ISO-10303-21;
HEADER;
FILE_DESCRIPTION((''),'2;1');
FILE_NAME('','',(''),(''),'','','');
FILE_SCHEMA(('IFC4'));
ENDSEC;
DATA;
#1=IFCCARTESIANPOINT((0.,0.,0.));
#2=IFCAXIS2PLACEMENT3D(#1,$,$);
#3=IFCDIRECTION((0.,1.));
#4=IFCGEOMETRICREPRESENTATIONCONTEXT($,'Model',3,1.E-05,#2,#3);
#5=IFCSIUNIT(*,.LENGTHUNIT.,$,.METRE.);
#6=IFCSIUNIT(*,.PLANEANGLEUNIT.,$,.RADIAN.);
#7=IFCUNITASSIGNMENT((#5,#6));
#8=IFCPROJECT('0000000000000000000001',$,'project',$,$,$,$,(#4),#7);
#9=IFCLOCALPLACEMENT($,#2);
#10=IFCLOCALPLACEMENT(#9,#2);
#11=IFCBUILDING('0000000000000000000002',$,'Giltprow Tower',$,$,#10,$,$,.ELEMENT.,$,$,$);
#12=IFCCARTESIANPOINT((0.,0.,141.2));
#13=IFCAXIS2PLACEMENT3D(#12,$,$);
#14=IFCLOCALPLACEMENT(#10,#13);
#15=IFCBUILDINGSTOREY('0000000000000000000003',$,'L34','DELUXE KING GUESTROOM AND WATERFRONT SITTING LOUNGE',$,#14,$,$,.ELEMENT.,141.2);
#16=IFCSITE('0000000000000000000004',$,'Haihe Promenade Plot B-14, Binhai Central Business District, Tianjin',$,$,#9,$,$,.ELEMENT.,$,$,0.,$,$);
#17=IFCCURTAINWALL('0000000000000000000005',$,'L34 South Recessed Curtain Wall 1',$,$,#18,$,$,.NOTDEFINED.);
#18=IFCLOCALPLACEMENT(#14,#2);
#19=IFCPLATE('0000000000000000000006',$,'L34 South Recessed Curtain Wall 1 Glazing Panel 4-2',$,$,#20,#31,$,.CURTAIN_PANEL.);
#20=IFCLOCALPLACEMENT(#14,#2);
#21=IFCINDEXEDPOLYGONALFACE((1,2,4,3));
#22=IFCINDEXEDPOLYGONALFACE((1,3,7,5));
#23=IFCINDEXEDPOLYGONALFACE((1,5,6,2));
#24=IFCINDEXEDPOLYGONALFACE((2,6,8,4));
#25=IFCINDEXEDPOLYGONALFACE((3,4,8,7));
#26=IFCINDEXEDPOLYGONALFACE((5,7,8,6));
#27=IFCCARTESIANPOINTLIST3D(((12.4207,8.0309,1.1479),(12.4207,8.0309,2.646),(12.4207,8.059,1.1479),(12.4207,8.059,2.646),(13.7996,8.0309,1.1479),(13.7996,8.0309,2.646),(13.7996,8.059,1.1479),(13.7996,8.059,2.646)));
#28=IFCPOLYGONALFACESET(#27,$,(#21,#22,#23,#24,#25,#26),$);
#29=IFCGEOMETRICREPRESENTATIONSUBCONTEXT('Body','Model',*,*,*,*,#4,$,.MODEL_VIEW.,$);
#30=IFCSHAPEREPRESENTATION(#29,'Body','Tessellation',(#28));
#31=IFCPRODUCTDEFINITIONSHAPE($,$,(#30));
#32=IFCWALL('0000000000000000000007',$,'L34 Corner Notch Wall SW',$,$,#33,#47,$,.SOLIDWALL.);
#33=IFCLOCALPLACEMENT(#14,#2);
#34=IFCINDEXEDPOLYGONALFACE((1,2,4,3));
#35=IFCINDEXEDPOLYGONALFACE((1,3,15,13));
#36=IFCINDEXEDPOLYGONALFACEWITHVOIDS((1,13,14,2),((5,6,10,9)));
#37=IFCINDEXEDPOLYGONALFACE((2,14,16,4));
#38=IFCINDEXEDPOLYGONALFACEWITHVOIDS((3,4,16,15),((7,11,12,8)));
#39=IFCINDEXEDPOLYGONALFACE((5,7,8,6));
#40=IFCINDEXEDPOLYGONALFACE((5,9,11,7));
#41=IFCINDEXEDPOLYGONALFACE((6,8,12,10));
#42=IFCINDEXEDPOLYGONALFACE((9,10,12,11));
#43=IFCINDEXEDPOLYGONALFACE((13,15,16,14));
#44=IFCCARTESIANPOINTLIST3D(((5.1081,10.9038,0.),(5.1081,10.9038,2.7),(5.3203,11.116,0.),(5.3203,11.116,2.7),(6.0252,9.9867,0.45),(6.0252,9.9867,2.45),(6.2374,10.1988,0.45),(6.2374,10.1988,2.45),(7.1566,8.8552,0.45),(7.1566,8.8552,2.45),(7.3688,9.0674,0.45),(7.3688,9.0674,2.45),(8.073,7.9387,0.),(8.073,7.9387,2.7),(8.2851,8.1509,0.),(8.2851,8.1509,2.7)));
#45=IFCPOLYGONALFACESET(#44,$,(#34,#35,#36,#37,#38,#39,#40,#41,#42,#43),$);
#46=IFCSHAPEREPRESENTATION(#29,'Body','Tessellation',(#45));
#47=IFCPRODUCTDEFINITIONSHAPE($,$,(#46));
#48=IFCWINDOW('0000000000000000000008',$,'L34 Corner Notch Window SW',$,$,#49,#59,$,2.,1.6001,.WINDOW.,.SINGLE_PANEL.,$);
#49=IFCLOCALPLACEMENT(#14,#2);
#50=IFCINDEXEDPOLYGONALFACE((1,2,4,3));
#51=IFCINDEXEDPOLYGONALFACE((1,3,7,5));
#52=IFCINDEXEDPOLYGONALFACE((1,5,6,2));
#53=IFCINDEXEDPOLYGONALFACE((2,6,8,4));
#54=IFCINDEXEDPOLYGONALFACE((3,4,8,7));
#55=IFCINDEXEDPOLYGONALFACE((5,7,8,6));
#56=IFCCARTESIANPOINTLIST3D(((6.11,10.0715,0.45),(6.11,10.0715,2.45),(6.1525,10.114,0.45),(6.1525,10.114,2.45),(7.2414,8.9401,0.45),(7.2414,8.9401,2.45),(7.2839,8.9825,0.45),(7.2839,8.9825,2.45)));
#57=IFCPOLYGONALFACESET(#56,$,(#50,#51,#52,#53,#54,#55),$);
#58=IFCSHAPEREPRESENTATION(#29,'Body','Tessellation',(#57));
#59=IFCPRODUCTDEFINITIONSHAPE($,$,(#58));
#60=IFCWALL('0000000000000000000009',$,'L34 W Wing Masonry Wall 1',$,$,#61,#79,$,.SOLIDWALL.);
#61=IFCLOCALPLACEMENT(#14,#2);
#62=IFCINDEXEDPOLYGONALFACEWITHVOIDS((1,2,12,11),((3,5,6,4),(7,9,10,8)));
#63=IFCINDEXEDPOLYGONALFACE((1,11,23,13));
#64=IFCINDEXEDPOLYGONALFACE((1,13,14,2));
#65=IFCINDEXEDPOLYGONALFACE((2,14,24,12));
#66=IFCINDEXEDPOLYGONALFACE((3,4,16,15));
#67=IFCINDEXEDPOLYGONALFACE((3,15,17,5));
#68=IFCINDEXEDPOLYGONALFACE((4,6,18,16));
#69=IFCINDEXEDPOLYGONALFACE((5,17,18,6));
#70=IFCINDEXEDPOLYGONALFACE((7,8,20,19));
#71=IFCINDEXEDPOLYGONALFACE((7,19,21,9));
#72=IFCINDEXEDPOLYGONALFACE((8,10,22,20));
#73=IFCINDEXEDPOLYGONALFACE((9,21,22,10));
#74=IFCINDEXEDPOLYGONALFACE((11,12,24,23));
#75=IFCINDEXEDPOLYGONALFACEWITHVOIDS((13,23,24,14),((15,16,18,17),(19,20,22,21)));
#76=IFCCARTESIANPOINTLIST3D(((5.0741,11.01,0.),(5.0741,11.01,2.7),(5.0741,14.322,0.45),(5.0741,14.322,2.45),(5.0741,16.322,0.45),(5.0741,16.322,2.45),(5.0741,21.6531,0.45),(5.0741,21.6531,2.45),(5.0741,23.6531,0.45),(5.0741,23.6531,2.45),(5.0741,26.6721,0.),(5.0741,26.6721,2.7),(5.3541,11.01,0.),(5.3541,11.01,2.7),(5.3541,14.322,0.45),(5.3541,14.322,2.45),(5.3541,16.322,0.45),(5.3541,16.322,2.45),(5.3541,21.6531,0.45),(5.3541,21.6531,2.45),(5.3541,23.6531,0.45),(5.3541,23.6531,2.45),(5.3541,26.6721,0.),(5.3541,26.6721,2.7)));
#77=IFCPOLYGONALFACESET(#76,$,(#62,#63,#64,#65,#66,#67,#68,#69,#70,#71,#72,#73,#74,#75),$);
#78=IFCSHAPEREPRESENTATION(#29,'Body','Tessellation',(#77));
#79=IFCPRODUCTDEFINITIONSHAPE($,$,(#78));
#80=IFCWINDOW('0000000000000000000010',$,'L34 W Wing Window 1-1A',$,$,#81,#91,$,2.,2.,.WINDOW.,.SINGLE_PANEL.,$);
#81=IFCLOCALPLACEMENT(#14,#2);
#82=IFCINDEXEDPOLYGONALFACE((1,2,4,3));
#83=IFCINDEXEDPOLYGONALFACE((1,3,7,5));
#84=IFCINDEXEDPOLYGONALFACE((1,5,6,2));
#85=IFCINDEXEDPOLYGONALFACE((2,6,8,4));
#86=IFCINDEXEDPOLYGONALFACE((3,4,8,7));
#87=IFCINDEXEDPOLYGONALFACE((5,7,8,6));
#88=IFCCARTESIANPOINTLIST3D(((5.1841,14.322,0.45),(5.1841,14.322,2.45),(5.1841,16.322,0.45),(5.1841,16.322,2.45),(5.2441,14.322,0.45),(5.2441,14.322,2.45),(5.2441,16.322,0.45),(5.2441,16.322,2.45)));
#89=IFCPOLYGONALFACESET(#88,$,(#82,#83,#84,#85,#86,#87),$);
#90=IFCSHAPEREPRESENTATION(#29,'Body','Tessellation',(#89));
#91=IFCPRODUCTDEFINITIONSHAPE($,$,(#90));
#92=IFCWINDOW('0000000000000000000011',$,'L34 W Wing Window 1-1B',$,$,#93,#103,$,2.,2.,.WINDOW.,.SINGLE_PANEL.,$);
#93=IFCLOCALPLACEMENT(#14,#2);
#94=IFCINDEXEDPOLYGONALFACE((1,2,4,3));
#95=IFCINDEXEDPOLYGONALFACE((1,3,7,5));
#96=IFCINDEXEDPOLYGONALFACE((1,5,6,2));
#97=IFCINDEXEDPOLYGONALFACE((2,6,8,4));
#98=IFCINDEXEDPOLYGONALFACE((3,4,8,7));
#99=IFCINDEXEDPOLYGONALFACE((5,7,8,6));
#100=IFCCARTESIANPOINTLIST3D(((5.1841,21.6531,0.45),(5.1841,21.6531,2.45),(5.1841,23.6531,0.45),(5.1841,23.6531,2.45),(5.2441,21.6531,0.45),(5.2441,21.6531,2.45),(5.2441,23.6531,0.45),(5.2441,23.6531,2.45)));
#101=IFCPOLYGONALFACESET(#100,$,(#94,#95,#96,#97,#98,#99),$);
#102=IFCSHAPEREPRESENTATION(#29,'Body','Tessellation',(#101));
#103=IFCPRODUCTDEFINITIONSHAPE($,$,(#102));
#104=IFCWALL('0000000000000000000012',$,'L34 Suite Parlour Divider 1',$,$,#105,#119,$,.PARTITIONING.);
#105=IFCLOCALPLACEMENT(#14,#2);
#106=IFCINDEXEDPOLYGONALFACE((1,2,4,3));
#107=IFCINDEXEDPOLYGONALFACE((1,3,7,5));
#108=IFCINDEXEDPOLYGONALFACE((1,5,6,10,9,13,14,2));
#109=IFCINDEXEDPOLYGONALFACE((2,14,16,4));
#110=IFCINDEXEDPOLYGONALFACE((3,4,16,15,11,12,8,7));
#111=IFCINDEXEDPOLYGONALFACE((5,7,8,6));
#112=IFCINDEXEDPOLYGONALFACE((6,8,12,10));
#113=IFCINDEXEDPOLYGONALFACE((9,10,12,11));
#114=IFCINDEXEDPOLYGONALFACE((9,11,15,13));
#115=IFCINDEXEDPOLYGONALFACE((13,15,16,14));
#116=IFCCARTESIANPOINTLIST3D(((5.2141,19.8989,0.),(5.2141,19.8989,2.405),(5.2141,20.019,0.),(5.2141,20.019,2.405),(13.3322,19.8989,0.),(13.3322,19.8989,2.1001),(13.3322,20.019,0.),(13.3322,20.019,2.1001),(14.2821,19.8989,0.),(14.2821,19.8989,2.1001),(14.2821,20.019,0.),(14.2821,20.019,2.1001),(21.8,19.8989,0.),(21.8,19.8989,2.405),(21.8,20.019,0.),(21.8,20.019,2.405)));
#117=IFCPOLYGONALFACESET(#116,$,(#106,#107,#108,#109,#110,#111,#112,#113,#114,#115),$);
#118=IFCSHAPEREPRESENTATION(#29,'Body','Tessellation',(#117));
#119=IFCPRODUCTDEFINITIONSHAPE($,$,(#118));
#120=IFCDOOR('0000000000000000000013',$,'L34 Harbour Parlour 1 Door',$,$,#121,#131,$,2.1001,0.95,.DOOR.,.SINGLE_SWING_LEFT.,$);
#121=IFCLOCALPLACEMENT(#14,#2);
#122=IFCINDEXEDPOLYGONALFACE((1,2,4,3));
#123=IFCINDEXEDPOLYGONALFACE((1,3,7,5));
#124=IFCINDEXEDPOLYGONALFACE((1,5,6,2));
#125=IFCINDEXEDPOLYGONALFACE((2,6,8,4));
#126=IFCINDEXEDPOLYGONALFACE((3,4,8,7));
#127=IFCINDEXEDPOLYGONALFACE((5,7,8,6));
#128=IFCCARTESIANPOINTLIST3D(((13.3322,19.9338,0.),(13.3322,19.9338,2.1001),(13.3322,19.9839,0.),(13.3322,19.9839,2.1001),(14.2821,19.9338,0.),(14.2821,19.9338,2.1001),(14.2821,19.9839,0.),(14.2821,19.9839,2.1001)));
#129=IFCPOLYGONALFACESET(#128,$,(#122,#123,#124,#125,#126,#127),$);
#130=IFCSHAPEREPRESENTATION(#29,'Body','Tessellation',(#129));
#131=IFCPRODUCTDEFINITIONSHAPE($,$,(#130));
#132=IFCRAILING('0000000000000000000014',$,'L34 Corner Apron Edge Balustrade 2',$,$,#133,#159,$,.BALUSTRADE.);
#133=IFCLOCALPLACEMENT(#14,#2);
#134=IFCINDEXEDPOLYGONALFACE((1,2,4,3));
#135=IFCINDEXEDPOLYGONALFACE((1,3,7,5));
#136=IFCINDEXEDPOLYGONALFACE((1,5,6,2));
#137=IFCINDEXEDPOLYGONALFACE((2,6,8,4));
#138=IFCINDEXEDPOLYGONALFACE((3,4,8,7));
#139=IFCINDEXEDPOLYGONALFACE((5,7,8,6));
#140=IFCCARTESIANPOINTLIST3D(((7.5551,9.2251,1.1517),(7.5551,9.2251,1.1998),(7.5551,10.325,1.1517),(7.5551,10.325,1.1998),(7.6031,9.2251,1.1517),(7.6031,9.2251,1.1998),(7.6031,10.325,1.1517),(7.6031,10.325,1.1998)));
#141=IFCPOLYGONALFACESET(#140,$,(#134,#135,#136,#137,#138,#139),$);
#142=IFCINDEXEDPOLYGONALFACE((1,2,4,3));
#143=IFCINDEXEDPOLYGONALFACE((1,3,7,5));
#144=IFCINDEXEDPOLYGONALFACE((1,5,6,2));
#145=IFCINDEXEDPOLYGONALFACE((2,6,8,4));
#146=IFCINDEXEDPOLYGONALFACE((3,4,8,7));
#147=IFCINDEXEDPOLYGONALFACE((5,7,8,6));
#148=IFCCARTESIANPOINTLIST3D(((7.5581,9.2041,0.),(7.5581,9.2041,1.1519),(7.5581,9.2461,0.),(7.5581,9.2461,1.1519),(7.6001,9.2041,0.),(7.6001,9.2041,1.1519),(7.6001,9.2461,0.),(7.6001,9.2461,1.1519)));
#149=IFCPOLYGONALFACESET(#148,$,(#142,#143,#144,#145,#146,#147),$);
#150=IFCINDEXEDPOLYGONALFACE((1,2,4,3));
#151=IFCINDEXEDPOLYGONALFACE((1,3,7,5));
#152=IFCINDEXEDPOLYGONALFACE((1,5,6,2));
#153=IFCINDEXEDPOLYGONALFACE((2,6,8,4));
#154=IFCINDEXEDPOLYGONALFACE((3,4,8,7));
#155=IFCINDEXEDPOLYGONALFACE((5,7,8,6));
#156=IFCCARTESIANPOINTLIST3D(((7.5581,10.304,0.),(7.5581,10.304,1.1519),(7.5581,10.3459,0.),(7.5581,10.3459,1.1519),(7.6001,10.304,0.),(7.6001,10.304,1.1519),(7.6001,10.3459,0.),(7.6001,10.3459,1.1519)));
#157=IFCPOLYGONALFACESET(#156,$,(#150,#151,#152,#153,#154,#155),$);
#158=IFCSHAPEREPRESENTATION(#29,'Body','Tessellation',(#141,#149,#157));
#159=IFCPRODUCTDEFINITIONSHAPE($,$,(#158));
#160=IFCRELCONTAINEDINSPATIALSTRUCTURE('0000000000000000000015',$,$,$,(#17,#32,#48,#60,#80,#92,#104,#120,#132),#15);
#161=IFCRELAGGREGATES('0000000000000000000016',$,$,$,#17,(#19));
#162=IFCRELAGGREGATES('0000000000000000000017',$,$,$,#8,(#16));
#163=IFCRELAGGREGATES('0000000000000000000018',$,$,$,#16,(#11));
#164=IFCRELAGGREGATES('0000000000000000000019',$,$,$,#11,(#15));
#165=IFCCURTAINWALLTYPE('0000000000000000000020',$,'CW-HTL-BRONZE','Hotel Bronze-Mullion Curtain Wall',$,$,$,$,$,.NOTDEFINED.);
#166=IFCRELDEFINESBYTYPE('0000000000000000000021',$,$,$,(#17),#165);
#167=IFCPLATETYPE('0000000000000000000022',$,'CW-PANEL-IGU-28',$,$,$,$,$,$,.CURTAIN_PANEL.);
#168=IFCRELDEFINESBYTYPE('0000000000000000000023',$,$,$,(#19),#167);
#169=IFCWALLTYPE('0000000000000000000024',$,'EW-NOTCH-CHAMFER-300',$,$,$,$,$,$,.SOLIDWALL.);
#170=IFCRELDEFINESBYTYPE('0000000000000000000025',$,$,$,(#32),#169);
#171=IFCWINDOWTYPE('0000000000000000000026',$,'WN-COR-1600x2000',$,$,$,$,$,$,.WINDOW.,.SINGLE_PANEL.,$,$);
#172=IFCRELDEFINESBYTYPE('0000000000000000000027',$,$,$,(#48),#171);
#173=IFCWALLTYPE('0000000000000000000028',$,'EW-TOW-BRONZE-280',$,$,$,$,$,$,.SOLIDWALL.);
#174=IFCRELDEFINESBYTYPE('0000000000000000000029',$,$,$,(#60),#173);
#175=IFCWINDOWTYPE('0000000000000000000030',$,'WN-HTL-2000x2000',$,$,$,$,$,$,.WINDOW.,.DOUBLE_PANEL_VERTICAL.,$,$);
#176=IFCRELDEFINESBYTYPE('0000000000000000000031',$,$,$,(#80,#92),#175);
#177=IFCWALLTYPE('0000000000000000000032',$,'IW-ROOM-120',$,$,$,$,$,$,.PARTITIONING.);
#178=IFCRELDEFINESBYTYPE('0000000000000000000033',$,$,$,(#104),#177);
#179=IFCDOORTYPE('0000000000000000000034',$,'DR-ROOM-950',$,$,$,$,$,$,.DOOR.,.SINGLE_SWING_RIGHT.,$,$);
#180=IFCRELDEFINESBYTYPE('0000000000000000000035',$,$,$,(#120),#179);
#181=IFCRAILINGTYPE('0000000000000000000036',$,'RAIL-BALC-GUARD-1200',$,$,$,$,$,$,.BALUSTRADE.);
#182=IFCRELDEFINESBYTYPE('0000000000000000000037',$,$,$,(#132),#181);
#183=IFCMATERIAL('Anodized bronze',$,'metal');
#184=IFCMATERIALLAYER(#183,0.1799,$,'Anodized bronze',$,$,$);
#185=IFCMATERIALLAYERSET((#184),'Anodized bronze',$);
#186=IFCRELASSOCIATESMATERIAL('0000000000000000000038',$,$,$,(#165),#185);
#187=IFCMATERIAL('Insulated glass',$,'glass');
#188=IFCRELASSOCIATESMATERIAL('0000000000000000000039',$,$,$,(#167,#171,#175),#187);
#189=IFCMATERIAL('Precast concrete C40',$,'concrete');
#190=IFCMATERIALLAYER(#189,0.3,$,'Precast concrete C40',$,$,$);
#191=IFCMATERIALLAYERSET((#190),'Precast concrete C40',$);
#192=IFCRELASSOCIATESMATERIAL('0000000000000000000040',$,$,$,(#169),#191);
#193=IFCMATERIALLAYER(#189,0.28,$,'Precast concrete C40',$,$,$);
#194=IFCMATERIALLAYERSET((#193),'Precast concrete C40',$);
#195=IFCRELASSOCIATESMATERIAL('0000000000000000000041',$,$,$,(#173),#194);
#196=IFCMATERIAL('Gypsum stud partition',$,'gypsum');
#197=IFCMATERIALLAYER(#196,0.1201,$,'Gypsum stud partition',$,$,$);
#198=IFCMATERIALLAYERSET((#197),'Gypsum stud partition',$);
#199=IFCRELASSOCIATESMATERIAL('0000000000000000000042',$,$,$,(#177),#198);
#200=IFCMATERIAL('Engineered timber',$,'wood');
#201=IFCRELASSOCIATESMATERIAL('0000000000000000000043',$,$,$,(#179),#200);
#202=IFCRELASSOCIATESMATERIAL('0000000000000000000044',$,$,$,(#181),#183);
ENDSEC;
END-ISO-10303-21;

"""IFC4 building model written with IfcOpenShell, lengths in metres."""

from ifc_helpers import new_model, si_unit, direction, frame, frame_2d, origin, origin_2d, place, context, subcontext, project, spatial, rectangle, extrude, source, transform, mapped, material, layer, layer_set, type_object, element, fill, aggregate, save


model = new_model("IFC4")

# Units and contexts
model_context = context("Model", 3, precision=1e-05, world=origin(), true_north=direction((0.0, 1.0)))
body_context = subcontext(model_context, "Body", "Model", "MODEL_VIEW")
ifc_project = project(units=[si_unit("LENGTHUNIT", "METRE"), si_unit("PLANEANGLEUNIT", "RADIAN")], contexts=[model_context])

# Site, building, storey
site_placement = place(None, origin())
site = spatial("IfcSite", under=ifc_project, at=site_placement, Name="Haihe Promenade Plot B-14, Binhai Central Business District, Tianjin", CompositionType="ELEMENT", RefElevation=0.0)
building_placement = place(site_placement, origin())
building = spatial("IfcBuilding", under=site, at=building_placement, Name="Giltprow Tower", CompositionType="ELEMENT")
storey_placement = place(building_placement, frame((0.0, 0.0, 141.2)))
storey = spatial("IfcBuildingStorey", under=building, at=storey_placement, Name="L34", Description="DELUXE KING GUESTROOM AND WATERFRONT SITTING LOUNGE", CompositionType="ELEMENT", Elevation=141.2)

# Curtain wall, plate
ifc_material_1 = material(Name="Anodized bronze", Category="metal")
ifc_layer_1 = layer(ifc_material_1, 0.1799, Name="Anodized bronze")
ifc_layer_set_1 = layer_set([ifc_layer_1], Name="Anodized bronze")
curtain_wall_type = type_object("IfcCurtainWallType", Name="CW-HTL-BRONZE", Description="Hotel Bronze-Mullion Curtain Wall", PredefinedType="NOTDEFINED", material=ifc_layer_set_1)
curtain_wall_placement = place(storey_placement, origin())
curtain_wall = element("IfcCurtainWall", 1, at=curtain_wall_placement, inside=storey, type_object=curtain_wall_type, Name="L34 South Recessed Curtain Wall 1", PredefinedType="NOTDEFINED")
ifc_material_2 = material(Name="Insulated glass", Category="glass")
plate_type = type_object("IfcPlateType", Name="CW-PANEL-IGU-28", PredefinedType="CURTAIN_PANEL", material=ifc_material_2)
shared_shape_1 = source(origin(), body_context, "Body", "SweptSolid", [
    extrude(rectangle(XDim=1.3789, YDim=0.0281, at=origin_2d()), origin(), (0.0, 0.0, 1.0), 1.498),
])
plate_1_placement = place(storey_placement, frame((13.1101, 8.0449, 1.1479), z_axis=(0.0, 0.0, 1.0), x_axis=(1.0, 0.0, 0.0)))
plate_1 = element("IfcPlate", 2, at=plate_1_placement, type_object=plate_type, Name="L34 South Recessed Curtain Wall 1 Glazing Panel 4-2", PredefinedType="CURTAIN_PANEL", context=body_context, shape_type="MappedRepresentation", body=[
    mapped(shared_shape_1, transform((0.0, 0.0, 0.0), x_axis=(1.0, 0.0, 0.0), y_axis=(0.0, 1.0, 0.0), z_axis=(0.0, 0.0, 1.0), scale=1.0)),
])
aggregate(curtain_wall, [plate_1])

# Wall, opening, window
ifc_material_3 = material(Name="Precast concrete C40", Category="concrete")
ifc_layer_2 = layer(ifc_material_3, 0.3, Name="Precast concrete C40")
ifc_layer_set_2 = layer_set([ifc_layer_2], Name="Precast concrete C40")
wall_type_1 = type_object("IfcWallType", Name="EW-NOTCH-CHAMFER-300", PredefinedType="SOLIDWALL", material=ifc_layer_set_2)
wall_1_placement = place(storey_placement, frame((5.2141, 11.01, 0.0), z_axis=(0.0, 0.0, 1.0), x_axis=(0.707078, -0.707136, 0.0)))
wall_1 = element("IfcWall", 3, at=wall_1_placement, inside=storey, type_object=wall_type_1, Name="L34 Corner Notch Wall SW", PredefinedType="SOLIDWALL", context=body_context, shape_type="SweptSolid", body=[
    extrude(rectangle(XDim=4.1931, YDim=0.3, at=frame_2d((2.0967, 0.0))), origin(), (0.0, 0.0, 1.0), 2.7),
])
opening_1_placement = place(wall_1_placement, frame((1.2971, 0.0, 0.45)))
opening_1 = element("IfcOpeningElement", 4, at=opening_1_placement, cuts=wall_1, PredefinedType="OPENING", context=body_context, shape_type="SweptSolid", body=[
    extrude(rectangle(XDim=1.6001, YDim=2.0, at=frame_2d((0.8, 1.0))), frame((0.0, 0.1599, 0.0), z_axis=(0.0, -1.0, 0.0), x_axis=(1.0, 0.0, 0.0)), (0.0, 0.0, 1.0), 0.3201),
])
window_type_1 = type_object("IfcWindowType", Name="WN-COR-1600x2000", PartitioningType="SINGLE_PANEL", PredefinedType="WINDOW", material=ifc_material_2)
shared_shape_2 = source(origin(), body_context, "Body", "SweptSolid", [
    extrude(rectangle(XDim=1.6001, YDim=2.0, at=frame_2d((0.8, 1.0))), frame((0.0, 0.03, 0.0), z_axis=(0.0, -1.0, 0.0), x_axis=(1.0, 0.0, 0.0)), (0.0, 0.0, 1.0), 0.0601),
])
window_1_placement = place(opening_1_placement, origin())
window_1 = element("IfcWindow", 5, at=window_1_placement, inside=storey, type_object=window_type_1, Name="L34 Corner Notch Window SW", OverallHeight=2.0, OverallWidth=1.6001, PartitioningType="SINGLE_PANEL", PredefinedType="WINDOW", context=body_context, shape_type="MappedRepresentation", body=[
    mapped(shared_shape_2, transform((0.0, 0.0, 0.0), x_axis=(1.0, 0.0, 0.0), y_axis=(0.0, 1.0, 0.0), z_axis=(0.0, 0.0, 1.0), scale=1.0)),
])
fill(opening_1, window_1)

# Wall, openings, windows
ifc_layer_3 = layer(ifc_material_3, 0.28, Name="Precast concrete C40")
ifc_layer_set_3 = layer_set([ifc_layer_3], Name="Precast concrete C40")
wall_type_2 = type_object("IfcWallType", Name="EW-TOW-BRONZE-280", PredefinedType="SOLIDWALL", material=ifc_layer_set_3)
wall_2_placement = place(storey_placement, frame((5.2141, 11.01, 0.0), z_axis=(0.0, 0.0, 1.0), x_axis=(0.0, 1.0, 0.0)))
wall_2 = element("IfcWall", 6, at=wall_2_placement, inside=storey, type_object=wall_type_2, Name="L34 W Wing Masonry Wall 1", PredefinedType="SOLIDWALL", context=body_context, shape_type="SweptSolid", body=[
    extrude(rectangle(XDim=15.6621, YDim=0.28, at=frame_2d((7.8311, 0.0))), origin(), (0.0, 0.0, 1.0), 2.7),
])
opening_2_placement = place(wall_2_placement, frame((3.312, 0.0, 0.45)))
opening_2 = element("IfcOpeningElement", 7, at=opening_2_placement, cuts=wall_2, PredefinedType="OPENING", context=body_context, shape_type="SweptSolid", body=[
    extrude(rectangle(XDim=2.0, YDim=2.0, at=frame_2d((1.0, 1.0))), frame((0.0, 0.1499, 0.0), z_axis=(0.0, -1.0, 0.0), x_axis=(1.0, 0.0, 0.0)), (0.0, 0.0, 1.0), 0.3),
])
opening_3_placement = place(wall_2_placement, frame((10.6431, 0.0, 0.45)))
opening_3 = element("IfcOpeningElement", 8, at=opening_3_placement, cuts=wall_2, PredefinedType="OPENING", context=body_context, shape_type="SweptSolid", body=[
    extrude(rectangle(XDim=2.0, YDim=2.0, at=frame_2d((1.0, 1.0))), frame((0.0, 0.1499, 0.0), z_axis=(0.0, -1.0, 0.0), x_axis=(1.0, 0.0, 0.0)), (0.0, 0.0, 1.0), 0.3),
])
window_type_2 = type_object("IfcWindowType", Name="WN-HTL-2000x2000", PartitioningType="DOUBLE_PANEL_VERTICAL", PredefinedType="WINDOW", material=ifc_material_2)
shared_shape_3 = source(origin(), body_context, "Body", "SweptSolid", [
    extrude(rectangle(XDim=2.0, YDim=2.0, at=frame_2d((1.0, 1.0))), frame((0.0, 0.03, 0.0), z_axis=(0.0, -1.0, 0.0), x_axis=(1.0, 0.0, 0.0)), (0.0, 0.0, 1.0), 0.0601),
])
window_2_placement = place(opening_2_placement, origin())
window_2 = element("IfcWindow", 9, at=window_2_placement, inside=storey, type_object=window_type_2, Name="L34 W Wing Window 1-1A", OverallHeight=2.0, OverallWidth=2.0, PartitioningType="SINGLE_PANEL", PredefinedType="WINDOW", context=body_context, shape_type="MappedRepresentation", body=[
    mapped(shared_shape_3, transform((0.0, 0.0, 0.0), x_axis=(1.0, 0.0, 0.0), y_axis=(0.0, 1.0, 0.0), z_axis=(0.0, 0.0, 1.0), scale=1.0)),
])
fill(opening_2, window_2)
window_3_placement = place(opening_3_placement, origin())
window_3 = element("IfcWindow", 10, at=window_3_placement, inside=storey, type_object=window_type_2, Name="L34 W Wing Window 1-1B", OverallHeight=2.0, OverallWidth=2.0, PartitioningType="SINGLE_PANEL", PredefinedType="WINDOW", context=body_context, shape_type="MappedRepresentation", body=[
    mapped(shared_shape_3, transform((0.0, 0.0, 0.0), x_axis=(1.0, 0.0, 0.0), y_axis=(0.0, 1.0, 0.0), z_axis=(0.0, 0.0, 1.0), scale=1.0)),
])
fill(opening_3, window_3)

# Wall, opening, door
ifc_material_4 = material(Name="Gypsum stud partition", Category="gypsum")
ifc_layer_4 = layer(ifc_material_4, 0.1201, Name="Gypsum stud partition")
ifc_layer_set_4 = layer_set([ifc_layer_4], Name="Gypsum stud partition")
wall_type_3 = type_object("IfcWallType", Name="IW-ROOM-120", PredefinedType="PARTITIONING", material=ifc_layer_set_4)
wall_3_placement = place(storey_placement, frame((5.2141, 19.959, 0.0), z_axis=(0.0, 0.0, 1.0), x_axis=(1.0, 0.0, 0.0)))
wall_3 = element("IfcWall", 11, at=wall_3_placement, inside=storey, type_object=wall_type_3, Name="L34 Suite Parlour Divider 1", PredefinedType="PARTITIONING", context=body_context, shape_type="SweptSolid", body=[
    extrude(rectangle(XDim=16.5859, YDim=0.1201, at=frame_2d((8.293, 0.0))), origin(), (0.0, 0.0, 1.0), 2.405),
])
opening_4_placement = place(wall_3_placement, frame((8.1179, 0.0, 0.0)))
opening_4 = element("IfcOpeningElement", 12, at=opening_4_placement, cuts=wall_3, PredefinedType="OPENING", context=body_context, shape_type="SweptSolid", body=[
    extrude(rectangle(XDim=0.95, YDim=2.1001, at=frame_2d((0.4751, 1.05))), frame((0.0, 0.0701, 0.0), z_axis=(0.0, -1.0, 0.0), x_axis=(1.0, 0.0, 0.0)), (0.0, 0.0, 1.0), 0.1401),
])
ifc_material_5 = material(Name="Engineered timber", Category="wood")
door_type = type_object("IfcDoorType", Name="DR-ROOM-950", OperationType="SINGLE_SWING_RIGHT", PredefinedType="DOOR", material=ifc_material_5)
shared_shape_4 = source(origin(), body_context, "Body", "SweptSolid", [
    extrude(rectangle(XDim=0.95, YDim=2.1001, at=frame_2d((0.4751, 1.05))), frame((0.0, 0.0249, 0.0), z_axis=(0.0, -1.0, 0.0), x_axis=(1.0, 0.0, 0.0)), (0.0, 0.0, 1.0), 0.05),
])
door_placement = place(opening_4_placement, origin())
door = element("IfcDoor", 13, at=door_placement, inside=storey, type_object=door_type, Name="L34 Harbour Parlour 1 Door", OperationType="SINGLE_SWING_LEFT", OverallHeight=2.1001, OverallWidth=0.95, PredefinedType="DOOR", context=body_context, shape_type="MappedRepresentation", body=[
    mapped(shared_shape_4, transform((0.0, 0.0, 0.0), x_axis=(1.0, 0.0, 0.0), y_axis=(0.0, 1.0, 0.0), z_axis=(0.0, 0.0, 1.0), scale=1.0)),
])
fill(opening_4, door)

# Railing
railing_type = type_object("IfcRailingType", Name="RAIL-BALC-GUARD-1200", PredefinedType="BALUSTRADE", material=ifc_material_1)
railing_1_placement = place(storey_placement, frame((7.5791, 9.2251, 0.0)))
element("IfcRailing", 14, at=railing_1_placement, inside=storey, type_object=railing_type, Name="L34 Corner Apron Edge Balustrade 2", PredefinedType="BALUSTRADE", context=body_context, shape_type="SweptSolid", body=[
    extrude(rectangle(XDim=0.0481, YDim=0.0481, at=origin_2d()), frame((0.0, 0.0, 1.1758), z_axis=(0.0, 1.0, 0.0), x_axis=(-1.0, 0.0, 0.0)), (0.0, 0.0, 1.0), 1.0999),
    extrude(rectangle(XDim=0.042, YDim=0.042, at=origin_2d()), origin(), (0.0, 0.0, 1.0), 1.1519),
    extrude(rectangle(XDim=0.042, YDim=0.042, at=origin_2d()), frame((0.0, 1.0999, 0.0)), (0.0, 0.0, 1.0), 1.1519),
])

save(model, "model.ifc")
